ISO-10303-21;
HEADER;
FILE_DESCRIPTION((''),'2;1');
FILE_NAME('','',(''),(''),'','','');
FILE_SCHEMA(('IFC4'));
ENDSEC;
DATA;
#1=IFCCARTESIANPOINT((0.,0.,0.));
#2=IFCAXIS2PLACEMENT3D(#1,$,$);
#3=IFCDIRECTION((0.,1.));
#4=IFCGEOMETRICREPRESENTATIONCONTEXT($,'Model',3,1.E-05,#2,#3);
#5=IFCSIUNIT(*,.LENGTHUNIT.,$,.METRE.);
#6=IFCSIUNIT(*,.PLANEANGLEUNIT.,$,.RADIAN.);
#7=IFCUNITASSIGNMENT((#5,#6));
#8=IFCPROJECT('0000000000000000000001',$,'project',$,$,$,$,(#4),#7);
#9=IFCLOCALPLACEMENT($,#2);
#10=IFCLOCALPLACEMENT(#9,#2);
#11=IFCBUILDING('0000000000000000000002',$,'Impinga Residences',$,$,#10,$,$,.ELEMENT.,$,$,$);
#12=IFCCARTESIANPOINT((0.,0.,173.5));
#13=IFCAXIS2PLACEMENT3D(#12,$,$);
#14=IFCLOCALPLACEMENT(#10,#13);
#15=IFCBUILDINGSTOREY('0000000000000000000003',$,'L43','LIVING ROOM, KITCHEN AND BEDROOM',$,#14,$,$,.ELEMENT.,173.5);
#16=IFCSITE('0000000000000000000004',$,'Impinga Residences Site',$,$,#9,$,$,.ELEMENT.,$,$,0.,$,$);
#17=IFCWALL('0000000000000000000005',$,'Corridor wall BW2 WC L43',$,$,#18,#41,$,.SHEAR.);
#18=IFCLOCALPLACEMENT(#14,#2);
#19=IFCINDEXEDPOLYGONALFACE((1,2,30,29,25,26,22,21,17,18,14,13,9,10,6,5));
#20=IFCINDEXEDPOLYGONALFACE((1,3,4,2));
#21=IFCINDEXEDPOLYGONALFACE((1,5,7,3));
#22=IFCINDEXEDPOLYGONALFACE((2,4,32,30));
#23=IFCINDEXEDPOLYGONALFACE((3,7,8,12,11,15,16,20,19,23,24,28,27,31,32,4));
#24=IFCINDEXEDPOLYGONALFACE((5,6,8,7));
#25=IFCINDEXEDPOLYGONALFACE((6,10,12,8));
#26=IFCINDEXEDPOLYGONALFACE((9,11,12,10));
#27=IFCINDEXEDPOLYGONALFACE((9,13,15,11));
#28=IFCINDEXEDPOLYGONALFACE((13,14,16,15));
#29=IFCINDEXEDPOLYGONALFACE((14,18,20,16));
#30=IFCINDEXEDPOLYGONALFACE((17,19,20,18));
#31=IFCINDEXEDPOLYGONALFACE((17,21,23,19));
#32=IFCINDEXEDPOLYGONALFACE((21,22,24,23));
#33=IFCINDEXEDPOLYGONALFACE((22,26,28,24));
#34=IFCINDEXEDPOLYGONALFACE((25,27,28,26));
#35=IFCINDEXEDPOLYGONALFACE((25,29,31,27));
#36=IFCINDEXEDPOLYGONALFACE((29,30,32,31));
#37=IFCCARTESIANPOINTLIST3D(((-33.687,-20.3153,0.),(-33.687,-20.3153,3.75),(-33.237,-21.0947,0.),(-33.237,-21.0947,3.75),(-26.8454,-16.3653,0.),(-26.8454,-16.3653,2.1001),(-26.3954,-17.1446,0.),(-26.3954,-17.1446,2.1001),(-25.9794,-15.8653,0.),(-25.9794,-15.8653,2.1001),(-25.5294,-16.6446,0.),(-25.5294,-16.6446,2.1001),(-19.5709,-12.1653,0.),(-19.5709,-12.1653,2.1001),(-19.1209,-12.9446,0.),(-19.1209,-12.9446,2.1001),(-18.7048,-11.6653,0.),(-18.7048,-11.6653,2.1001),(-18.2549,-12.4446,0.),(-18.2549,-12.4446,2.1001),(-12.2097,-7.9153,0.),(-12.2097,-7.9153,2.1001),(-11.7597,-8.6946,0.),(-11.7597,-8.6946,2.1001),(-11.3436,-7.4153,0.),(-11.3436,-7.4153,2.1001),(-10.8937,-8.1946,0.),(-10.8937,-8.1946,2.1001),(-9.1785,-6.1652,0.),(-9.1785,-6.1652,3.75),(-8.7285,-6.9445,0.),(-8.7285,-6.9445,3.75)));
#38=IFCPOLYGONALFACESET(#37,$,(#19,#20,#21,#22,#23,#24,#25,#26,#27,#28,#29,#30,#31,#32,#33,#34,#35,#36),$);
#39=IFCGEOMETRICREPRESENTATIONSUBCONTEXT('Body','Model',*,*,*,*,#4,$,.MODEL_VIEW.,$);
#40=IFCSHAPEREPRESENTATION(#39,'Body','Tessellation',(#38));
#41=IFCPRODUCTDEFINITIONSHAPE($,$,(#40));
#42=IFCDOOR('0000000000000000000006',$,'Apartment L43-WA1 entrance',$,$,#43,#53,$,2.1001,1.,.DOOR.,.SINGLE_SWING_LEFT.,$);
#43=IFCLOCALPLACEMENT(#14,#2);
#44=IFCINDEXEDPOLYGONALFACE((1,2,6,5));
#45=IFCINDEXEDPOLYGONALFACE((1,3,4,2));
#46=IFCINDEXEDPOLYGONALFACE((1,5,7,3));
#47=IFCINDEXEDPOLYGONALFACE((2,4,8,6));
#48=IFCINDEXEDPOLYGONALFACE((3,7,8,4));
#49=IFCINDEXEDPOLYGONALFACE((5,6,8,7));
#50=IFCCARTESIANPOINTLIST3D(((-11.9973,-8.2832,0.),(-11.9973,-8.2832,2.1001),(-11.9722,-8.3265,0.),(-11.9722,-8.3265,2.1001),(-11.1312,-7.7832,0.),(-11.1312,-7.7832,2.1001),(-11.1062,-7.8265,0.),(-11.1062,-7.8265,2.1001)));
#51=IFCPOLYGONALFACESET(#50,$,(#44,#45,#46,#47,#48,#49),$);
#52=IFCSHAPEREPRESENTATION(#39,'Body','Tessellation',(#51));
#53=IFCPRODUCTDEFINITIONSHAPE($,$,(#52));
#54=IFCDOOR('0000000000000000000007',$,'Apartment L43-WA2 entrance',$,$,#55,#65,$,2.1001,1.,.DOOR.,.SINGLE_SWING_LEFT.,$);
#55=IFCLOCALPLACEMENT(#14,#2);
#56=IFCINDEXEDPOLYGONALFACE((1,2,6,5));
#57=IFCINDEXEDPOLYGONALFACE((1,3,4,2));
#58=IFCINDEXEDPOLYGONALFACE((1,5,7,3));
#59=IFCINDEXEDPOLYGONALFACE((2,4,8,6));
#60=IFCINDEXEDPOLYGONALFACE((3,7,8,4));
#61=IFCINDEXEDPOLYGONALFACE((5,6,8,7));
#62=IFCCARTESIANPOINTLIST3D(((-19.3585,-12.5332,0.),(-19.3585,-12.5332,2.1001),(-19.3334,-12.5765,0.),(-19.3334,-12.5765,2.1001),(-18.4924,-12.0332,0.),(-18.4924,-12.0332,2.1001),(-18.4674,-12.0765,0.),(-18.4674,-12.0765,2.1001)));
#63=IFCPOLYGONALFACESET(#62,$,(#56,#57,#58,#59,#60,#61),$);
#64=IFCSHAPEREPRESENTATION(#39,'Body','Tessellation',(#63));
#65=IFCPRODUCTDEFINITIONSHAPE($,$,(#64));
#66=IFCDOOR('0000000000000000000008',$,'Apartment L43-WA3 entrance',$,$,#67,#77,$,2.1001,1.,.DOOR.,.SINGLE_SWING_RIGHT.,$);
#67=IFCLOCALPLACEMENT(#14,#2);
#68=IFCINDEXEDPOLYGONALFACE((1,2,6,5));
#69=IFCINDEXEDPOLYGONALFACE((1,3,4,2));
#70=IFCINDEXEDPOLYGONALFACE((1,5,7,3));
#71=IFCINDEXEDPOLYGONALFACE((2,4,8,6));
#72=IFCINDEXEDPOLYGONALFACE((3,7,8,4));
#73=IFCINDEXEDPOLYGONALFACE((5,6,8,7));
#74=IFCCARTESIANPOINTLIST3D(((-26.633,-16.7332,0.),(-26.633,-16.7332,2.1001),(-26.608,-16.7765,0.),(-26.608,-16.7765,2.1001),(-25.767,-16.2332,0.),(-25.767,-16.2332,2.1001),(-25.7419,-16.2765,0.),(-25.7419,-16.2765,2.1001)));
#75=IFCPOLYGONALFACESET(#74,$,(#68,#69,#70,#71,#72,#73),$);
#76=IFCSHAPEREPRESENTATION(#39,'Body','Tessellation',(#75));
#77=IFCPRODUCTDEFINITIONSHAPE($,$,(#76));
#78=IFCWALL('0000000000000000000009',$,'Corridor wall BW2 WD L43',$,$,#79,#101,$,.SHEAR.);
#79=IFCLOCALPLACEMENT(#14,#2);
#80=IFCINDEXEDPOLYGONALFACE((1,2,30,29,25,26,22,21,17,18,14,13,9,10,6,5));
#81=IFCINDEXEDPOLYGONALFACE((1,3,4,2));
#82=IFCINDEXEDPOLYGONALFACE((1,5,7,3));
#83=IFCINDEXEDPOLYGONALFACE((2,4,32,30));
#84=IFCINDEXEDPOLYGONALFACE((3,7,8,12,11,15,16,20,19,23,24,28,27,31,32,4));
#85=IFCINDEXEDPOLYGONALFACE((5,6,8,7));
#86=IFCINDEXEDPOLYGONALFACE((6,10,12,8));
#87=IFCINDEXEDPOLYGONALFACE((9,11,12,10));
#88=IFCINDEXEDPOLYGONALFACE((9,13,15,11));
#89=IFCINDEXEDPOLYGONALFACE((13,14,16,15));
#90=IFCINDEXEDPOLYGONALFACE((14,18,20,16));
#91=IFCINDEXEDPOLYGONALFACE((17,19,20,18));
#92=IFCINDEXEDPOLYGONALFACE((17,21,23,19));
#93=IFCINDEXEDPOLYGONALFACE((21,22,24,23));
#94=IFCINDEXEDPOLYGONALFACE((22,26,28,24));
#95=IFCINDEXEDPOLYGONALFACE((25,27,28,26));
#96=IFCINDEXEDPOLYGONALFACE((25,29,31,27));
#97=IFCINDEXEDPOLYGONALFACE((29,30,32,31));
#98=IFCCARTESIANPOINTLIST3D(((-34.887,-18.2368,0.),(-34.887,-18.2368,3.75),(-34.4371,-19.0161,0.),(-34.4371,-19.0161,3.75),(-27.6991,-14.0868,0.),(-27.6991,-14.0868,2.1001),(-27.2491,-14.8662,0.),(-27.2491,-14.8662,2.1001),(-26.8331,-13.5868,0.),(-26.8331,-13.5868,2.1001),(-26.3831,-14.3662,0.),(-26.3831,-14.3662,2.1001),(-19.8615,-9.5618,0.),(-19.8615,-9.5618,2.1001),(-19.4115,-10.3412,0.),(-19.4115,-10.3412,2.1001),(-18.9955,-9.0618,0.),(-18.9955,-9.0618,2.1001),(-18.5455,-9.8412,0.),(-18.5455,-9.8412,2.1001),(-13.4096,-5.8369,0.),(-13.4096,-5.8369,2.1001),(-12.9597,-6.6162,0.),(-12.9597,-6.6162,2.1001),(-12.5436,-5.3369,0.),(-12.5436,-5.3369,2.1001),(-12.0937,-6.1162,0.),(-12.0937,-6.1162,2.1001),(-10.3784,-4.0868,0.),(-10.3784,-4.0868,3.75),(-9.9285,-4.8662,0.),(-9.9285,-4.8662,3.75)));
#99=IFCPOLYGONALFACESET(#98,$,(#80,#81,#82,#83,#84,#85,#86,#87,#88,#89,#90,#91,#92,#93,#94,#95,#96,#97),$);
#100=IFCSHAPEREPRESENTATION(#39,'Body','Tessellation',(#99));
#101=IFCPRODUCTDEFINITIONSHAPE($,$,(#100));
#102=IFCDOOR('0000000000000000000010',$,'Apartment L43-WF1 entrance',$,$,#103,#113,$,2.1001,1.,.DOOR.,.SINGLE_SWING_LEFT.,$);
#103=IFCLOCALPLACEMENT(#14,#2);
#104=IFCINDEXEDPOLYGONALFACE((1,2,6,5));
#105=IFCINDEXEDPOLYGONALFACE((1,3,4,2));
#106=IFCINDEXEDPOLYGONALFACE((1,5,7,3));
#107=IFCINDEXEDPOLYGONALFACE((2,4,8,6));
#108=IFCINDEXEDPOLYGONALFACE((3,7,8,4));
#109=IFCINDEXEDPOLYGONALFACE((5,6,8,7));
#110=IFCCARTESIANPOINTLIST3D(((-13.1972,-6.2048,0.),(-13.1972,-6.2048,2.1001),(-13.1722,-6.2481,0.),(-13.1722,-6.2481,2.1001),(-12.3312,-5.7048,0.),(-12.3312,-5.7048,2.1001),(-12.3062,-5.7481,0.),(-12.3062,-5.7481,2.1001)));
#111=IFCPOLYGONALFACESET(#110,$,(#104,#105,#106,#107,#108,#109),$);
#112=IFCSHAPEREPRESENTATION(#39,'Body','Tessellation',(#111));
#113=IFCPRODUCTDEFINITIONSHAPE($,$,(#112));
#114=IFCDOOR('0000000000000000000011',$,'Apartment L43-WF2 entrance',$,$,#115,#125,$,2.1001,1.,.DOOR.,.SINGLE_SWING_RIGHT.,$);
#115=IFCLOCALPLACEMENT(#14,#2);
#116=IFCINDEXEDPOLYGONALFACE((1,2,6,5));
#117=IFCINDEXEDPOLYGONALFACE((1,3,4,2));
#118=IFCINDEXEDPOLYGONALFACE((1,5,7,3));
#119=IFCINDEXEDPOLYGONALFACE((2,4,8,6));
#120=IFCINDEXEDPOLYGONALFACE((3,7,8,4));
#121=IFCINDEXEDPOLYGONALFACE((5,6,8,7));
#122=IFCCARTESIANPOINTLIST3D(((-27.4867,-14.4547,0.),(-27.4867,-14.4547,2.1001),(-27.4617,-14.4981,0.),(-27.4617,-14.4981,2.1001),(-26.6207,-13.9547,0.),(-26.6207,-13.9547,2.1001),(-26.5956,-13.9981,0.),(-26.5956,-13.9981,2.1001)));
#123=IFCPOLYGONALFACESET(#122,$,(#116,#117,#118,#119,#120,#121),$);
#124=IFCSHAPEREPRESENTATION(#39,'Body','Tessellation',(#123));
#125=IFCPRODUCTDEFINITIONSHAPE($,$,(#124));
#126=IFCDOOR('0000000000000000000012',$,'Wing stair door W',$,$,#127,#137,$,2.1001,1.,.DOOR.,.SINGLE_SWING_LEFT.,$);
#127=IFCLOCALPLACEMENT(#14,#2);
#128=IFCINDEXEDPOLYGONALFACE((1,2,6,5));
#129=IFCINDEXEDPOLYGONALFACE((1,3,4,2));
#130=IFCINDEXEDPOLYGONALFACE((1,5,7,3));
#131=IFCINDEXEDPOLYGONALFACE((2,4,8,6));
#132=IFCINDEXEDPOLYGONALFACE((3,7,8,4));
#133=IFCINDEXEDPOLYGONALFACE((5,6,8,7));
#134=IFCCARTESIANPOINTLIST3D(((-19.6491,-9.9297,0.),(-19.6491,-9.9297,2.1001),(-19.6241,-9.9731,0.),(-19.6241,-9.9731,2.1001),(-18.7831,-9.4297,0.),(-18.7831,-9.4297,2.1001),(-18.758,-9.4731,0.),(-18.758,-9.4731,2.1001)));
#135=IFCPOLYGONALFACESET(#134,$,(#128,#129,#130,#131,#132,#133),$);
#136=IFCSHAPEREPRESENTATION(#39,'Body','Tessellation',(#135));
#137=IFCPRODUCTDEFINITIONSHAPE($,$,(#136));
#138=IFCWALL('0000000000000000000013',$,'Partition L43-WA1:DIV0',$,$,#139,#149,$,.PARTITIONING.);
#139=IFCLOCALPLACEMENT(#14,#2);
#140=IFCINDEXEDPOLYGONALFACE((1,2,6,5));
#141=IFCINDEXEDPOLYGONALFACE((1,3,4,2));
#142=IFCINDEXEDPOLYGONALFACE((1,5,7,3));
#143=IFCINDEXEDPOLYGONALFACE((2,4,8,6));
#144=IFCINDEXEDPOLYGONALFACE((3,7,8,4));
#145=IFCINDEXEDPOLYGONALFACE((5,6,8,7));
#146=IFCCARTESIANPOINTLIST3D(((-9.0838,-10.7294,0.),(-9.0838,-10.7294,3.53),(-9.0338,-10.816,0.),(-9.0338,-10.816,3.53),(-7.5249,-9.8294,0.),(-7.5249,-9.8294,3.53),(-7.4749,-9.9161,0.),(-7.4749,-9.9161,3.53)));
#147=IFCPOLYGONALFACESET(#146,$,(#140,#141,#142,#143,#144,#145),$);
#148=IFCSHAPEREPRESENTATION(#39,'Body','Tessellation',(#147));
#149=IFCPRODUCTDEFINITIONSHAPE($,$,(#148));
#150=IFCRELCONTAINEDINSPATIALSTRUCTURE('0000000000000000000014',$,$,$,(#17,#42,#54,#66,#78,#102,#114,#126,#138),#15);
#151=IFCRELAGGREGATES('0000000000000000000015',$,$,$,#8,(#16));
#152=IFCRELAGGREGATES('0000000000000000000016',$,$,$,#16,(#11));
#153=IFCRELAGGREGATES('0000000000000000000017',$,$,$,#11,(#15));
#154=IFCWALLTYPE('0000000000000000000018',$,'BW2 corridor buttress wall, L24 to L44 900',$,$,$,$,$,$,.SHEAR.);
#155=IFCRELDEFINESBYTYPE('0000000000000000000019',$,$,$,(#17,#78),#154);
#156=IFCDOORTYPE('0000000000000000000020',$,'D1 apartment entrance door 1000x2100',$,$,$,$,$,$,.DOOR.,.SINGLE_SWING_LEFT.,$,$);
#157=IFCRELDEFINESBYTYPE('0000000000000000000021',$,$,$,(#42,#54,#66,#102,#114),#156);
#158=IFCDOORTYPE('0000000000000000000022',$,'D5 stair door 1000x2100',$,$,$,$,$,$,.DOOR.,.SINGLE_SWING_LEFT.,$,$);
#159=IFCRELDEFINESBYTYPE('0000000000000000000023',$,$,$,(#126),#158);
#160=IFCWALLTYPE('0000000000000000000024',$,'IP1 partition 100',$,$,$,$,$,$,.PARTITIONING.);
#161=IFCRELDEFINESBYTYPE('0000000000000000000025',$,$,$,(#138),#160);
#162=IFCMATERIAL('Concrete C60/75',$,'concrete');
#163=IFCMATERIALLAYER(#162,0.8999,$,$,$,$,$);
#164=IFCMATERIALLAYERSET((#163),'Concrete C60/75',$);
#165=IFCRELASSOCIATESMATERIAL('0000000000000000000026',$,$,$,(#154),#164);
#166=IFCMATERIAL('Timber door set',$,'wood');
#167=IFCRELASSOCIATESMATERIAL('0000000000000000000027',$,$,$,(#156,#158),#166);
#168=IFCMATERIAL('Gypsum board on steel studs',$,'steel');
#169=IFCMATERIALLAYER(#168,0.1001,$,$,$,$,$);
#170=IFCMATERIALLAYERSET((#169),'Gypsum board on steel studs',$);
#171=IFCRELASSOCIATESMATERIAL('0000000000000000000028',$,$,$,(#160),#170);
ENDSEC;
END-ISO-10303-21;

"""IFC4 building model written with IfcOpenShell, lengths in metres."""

from ifc_helpers import new_model, si_unit, direction, frame, frame_2d, origin, place, context, subcontext, project, spatial, rectangle, extrude, material, layer, layer_set, type_object, element, fill, save


model = new_model("IFC4")

# Units and contexts
model_context = context("Model", 3, precision=1e-05, world=origin(), true_north=direction((0.0, 1.0)))
body_context = subcontext(model_context, "Body", "Model", "MODEL_VIEW")
ifc_project = project(units=[si_unit("LENGTHUNIT", "METRE"), si_unit("PLANEANGLEUNIT", "RADIAN")], contexts=[model_context])

# Site, building, storey
site_placement = place(None, origin())
site = spatial("IfcSite", under=ifc_project, at=site_placement, Name="Impinga Residences Site", CompositionType="ELEMENT", RefElevation=0.0)
building_placement = place(site_placement, origin())
building = spatial("IfcBuilding", under=site, at=building_placement, Name="Impinga Residences", CompositionType="ELEMENT")
storey_placement = place(building_placement, frame((0.0, 0.0, 173.5)))
storey = spatial("IfcBuildingStorey", under=building, at=storey_placement, Name="L43", Description="LIVING ROOM, KITCHEN AND BEDROOM", CompositionType="ELEMENT", Elevation=173.5)

# Walls, openings, doors
ifc_material_1 = material(Name="Concrete C60/75", Category="concrete")
ifc_layer_1 = layer(ifc_material_1, 0.8999)
ifc_layer_set_1 = layer_set([ifc_layer_1], Name="Concrete C60/75")
wall_type_1 = type_object("IfcWallType", Name="BW2 corridor buttress wall, L24 to L44 900", PredefinedType="SHEAR", material=ifc_layer_set_1)
wall_1_placement = place(storey_placement, frame((-8.9536, -6.5549, 0.0), z_axis=(0.0, 0.0, 1.0), x_axis=(-0.866023, -0.500003, 0.0)))
wall_1 = element("IfcWall", 1, at=wall_1_placement, inside=storey, type_object=wall_type_1, Name="Corridor wall BW2 WC L43", PredefinedType="SHEAR", context=body_context, shape_type="SweptSolid", body=[
    extrude(rectangle(XDim=28.3, YDim=0.8999, at=frame_2d((14.1499, 0.0))), origin(), (0.0, 0.0, 1.0), 3.75),
])
opening_1_placement = place(wall_1_placement, frame((2.5, 0.0, 0.0)))
opening_1 = element("IfcOpeningElement", 2, at=opening_1_placement, cuts=wall_1, PredefinedType="OPENING", context=body_context, shape_type="SweptSolid", body=[
    extrude(rectangle(XDim=1.0, YDim=2.1001, at=frame_2d((0.5, 1.05))), frame((0.0, 0.46, 0.0), z_axis=(0.0, -1.0, 0.0), x_axis=(1.0, 0.0, 0.0)), (0.0, 0.0, 1.0), 0.9199),
])
opening_2_placement = place(wall_1_placement, frame((11.0, 0.0, 0.0)))
opening_2 = element("IfcOpeningElement", 3, at=opening_2_placement, cuts=wall_1, PredefinedType="OPENING", context=body_context, shape_type="SweptSolid", body=[
    extrude(rectangle(XDim=1.0, YDim=2.1001, at=frame_2d((0.5, 1.05))), frame((0.0, 0.46, 0.0), z_axis=(0.0, -1.0, 0.0), x_axis=(1.0, 0.0, 0.0)), (0.0, 0.0, 1.0), 0.9199),
])
opening_3_placement = place(wall_1_placement, frame((19.3999, 0.0, 0.0)))
opening_3 = element("IfcOpeningElement", 4, at=opening_3_placement, cuts=wall_1, PredefinedType="OPENING", context=body_context, shape_type="SweptSolid", body=[
    extrude(rectangle(XDim=1.0, YDim=2.1001, at=frame_2d((0.5, 1.05))), frame((0.0, 0.46, 0.0), z_axis=(0.0, -1.0, 0.0), x_axis=(1.0, 0.0, 0.0)), (0.0, 0.0, 1.0), 0.9199),
])
ifc_material_2 = material(Name="Timber door set", Category="wood")
door_type_1 = type_object("IfcDoorType", Name="D1 apartment entrance door 1000x2100", OperationType="SINGLE_SWING_LEFT", PredefinedType="DOOR", material=ifc_material_2)
door_1_placement = place(opening_1_placement, origin())
door_1 = element("IfcDoor", 5, at=door_1_placement, inside=storey, type_object=door_type_1, Name="Apartment L43-WA1 entrance", OperationType="SINGLE_SWING_LEFT", OverallHeight=2.1001, OverallWidth=1.0, PredefinedType="DOOR", context=body_context, shape_type="SweptSolid", body=[
    extrude(rectangle(XDim=1.0, YDim=2.1001, at=frame_2d((0.5, 1.05))), frame((0.0, 0.0249, 0.0), z_axis=(0.0, -1.0, 0.0), x_axis=(1.0, 0.0, 0.0)), (0.0, 0.0, 1.0), 0.05),
])
fill(opening_1, door_1)
door_2_placement = place(opening_2_placement, origin())
door_2 = element("IfcDoor", 6, at=door_2_placement, inside=storey, type_object=door_type_1, Name="Apartment L43-WA2 entrance", OperationType="SINGLE_SWING_LEFT", OverallHeight=2.1001, OverallWidth=1.0, PredefinedType="DOOR", context=body_context, shape_type="SweptSolid", body=[
    extrude(rectangle(XDim=1.0, YDim=2.1001, at=frame_2d((0.5, 1.05))), frame((0.0, 0.0249, 0.0), z_axis=(0.0, -1.0, 0.0), x_axis=(1.0, 0.0, 0.0)), (0.0, 0.0, 1.0), 0.05),
])
fill(opening_2, door_2)
door_3_placement = place(opening_3_placement, origin())
door_3 = element("IfcDoor", 7, at=door_3_placement, inside=storey, type_object=door_type_1, Name="Apartment L43-WA3 entrance", OperationType="SINGLE_SWING_RIGHT", OverallHeight=2.1001, OverallWidth=1.0, PredefinedType="DOOR", context=body_context, shape_type="SweptSolid", body=[
    extrude(rectangle(XDim=1.0, YDim=2.1001, at=frame_2d((0.5, 1.05))), frame((0.0, 0.0249, 0.0), z_axis=(0.0, -1.0, 0.0), x_axis=(1.0, 0.0, 0.0)), (0.0, 0.0, 1.0), 0.05),
])
fill(opening_3, door_3)
wall_2_placement = place(storey_placement, frame((-10.1536, -4.4766, 0.0), z_axis=(0.0, 0.0, 1.0), x_axis=(-0.866027, -0.499997, 0.0)))
wall_2 = element("IfcWall", 8, at=wall_2_placement, inside=storey, type_object=wall_type_1, Name="Corridor wall BW2 WD L43", PredefinedType="SHEAR", context=body_context, shape_type="SweptSolid", body=[
    extrude(rectangle(XDim=28.3, YDim=0.8999, at=frame_2d((14.1499, 0.0))), origin(), (0.0, 0.0, 1.0), 3.75),
])
opening_4_placement = place(wall_2_placement, frame((9.95, 0.0, 0.0)))
opening_4 = element("IfcOpeningElement", 9, at=opening_4_placement, cuts=wall_2, PredefinedType="OPENING", context=body_context, shape_type="SweptSolid", body=[
    extrude(rectangle(XDim=1.0, YDim=2.1001, at=frame_2d((0.5, 1.05))), frame((0.0, 0.46, 0.0), z_axis=(0.0, -1.0, 0.0), x_axis=(1.0, 0.0, 0.0)), (0.0, 0.0, 1.0), 0.9199),
])
opening_5_placement = place(wall_2_placement, frame((2.5, 0.0, 0.0)))
opening_5 = element("IfcOpeningElement", 10, at=opening_5_placement, cuts=wall_2, PredefinedType="OPENING", context=body_context, shape_type="SweptSolid", body=[
    extrude(rectangle(XDim=1.0, YDim=2.1001, at=frame_2d((0.5, 1.05))), frame((0.0, 0.46, 0.0), z_axis=(0.0, -1.0, 0.0), x_axis=(1.0, 0.0, 0.0)), (0.0, 0.0, 1.0), 0.9199),
])
opening_6_placement = place(wall_2_placement, frame((19.0, 0.0, 0.0)))
opening_6 = element("IfcOpeningElement", 11, at=opening_6_placement, cuts=wall_2, PredefinedType="OPENING", context=body_context, shape_type="SweptSolid", body=[
    extrude(rectangle(XDim=1.0, YDim=2.1001, at=frame_2d((0.5, 1.05))), frame((0.0, 0.46, 0.0), z_axis=(0.0, -1.0, 0.0), x_axis=(1.0, 0.0, 0.0)), (0.0, 0.0, 1.0), 0.9199),
])
door_4_placement = place(opening_5_placement, origin())
door_4 = element("IfcDoor", 12, at=door_4_placement, inside=storey, type_object=door_type_1, Name="Apartment L43-WF1 entrance", OperationType="SINGLE_SWING_LEFT", OverallHeight=2.1001, OverallWidth=1.0, PredefinedType="DOOR", context=body_context, shape_type="SweptSolid", body=[
    extrude(rectangle(XDim=1.0, YDim=2.1001, at=frame_2d((0.5, 1.05))), frame((0.0, 0.0249, 0.0), z_axis=(0.0, -1.0, 0.0), x_axis=(1.0, 0.0, 0.0)), (0.0, 0.0, 1.0), 0.05),
])
fill(opening_5, door_4)
door_5_placement = place(opening_6_placement, origin())
door_5 = element("IfcDoor", 13, at=door_5_placement, inside=storey, type_object=door_type_1, Name="Apartment L43-WF2 entrance", OperationType="SINGLE_SWING_RIGHT", OverallHeight=2.1001, OverallWidth=1.0, PredefinedType="DOOR", context=body_context, shape_type="SweptSolid", body=[
    extrude(rectangle(XDim=1.0, YDim=2.1001, at=frame_2d((0.5, 1.05))), frame((0.0, 0.0249, 0.0), z_axis=(0.0, -1.0, 0.0), x_axis=(1.0, 0.0, 0.0)), (0.0, 0.0, 1.0), 0.05),
])
fill(opening_6, door_5)
door_type_2 = type_object("IfcDoorType", Name="D5 stair door 1000x2100", OperationType="SINGLE_SWING_LEFT", PredefinedType="DOOR", material=ifc_material_2)
door_6_placement = place(opening_4_placement, origin())
door_6 = element("IfcDoor", 14, at=door_6_placement, inside=storey, type_object=door_type_2, Name="Wing stair door W", OperationType="SINGLE_SWING_LEFT", OverallHeight=2.1001, OverallWidth=1.0, PredefinedType="DOOR", context=body_context, shape_type="SweptSolid", body=[
    extrude(rectangle(XDim=1.0, YDim=2.1001, at=frame_2d((0.5, 1.05))), frame((0.0, 0.0249, 0.0), z_axis=(0.0, -1.0, 0.0), x_axis=(1.0, 0.0, 0.0)), (0.0, 0.0, 1.0), 0.05),
])
fill(opening_4, door_6)

# Wall
ifc_material_3 = material(Name="Gypsum board on steel studs", Category="steel")
ifc_layer_2 = layer(ifc_material_3, 0.1001)
ifc_layer_set_2 = layer_set([ifc_layer_2], Name="Gypsum board on steel studs")
wall_type_2 = type_object("IfcWallType", Name="IP1 partition 100", PredefinedType="PARTITIONING", material=ifc_layer_set_2)
wall_3_placement = place(storey_placement, frame((-7.5, -9.8728, 0.0), z_axis=(0.0, 0.0, 1.0), x_axis=(-0.866048, -0.499961, 0.0)))
element("IfcWall", 15, at=wall_3_placement, inside=storey, type_object=wall_type_2, Name="Partition L43-WA1:DIV0", PredefinedType="PARTITIONING", context=body_context, shape_type="SweptSolid", body=[
    extrude(rectangle(XDim=1.8, YDim=0.1001, at=frame_2d((0.8999, 0.0))), origin(), (0.0, 0.0, 1.0), 3.53),
])

save(model, "model.ifc")
